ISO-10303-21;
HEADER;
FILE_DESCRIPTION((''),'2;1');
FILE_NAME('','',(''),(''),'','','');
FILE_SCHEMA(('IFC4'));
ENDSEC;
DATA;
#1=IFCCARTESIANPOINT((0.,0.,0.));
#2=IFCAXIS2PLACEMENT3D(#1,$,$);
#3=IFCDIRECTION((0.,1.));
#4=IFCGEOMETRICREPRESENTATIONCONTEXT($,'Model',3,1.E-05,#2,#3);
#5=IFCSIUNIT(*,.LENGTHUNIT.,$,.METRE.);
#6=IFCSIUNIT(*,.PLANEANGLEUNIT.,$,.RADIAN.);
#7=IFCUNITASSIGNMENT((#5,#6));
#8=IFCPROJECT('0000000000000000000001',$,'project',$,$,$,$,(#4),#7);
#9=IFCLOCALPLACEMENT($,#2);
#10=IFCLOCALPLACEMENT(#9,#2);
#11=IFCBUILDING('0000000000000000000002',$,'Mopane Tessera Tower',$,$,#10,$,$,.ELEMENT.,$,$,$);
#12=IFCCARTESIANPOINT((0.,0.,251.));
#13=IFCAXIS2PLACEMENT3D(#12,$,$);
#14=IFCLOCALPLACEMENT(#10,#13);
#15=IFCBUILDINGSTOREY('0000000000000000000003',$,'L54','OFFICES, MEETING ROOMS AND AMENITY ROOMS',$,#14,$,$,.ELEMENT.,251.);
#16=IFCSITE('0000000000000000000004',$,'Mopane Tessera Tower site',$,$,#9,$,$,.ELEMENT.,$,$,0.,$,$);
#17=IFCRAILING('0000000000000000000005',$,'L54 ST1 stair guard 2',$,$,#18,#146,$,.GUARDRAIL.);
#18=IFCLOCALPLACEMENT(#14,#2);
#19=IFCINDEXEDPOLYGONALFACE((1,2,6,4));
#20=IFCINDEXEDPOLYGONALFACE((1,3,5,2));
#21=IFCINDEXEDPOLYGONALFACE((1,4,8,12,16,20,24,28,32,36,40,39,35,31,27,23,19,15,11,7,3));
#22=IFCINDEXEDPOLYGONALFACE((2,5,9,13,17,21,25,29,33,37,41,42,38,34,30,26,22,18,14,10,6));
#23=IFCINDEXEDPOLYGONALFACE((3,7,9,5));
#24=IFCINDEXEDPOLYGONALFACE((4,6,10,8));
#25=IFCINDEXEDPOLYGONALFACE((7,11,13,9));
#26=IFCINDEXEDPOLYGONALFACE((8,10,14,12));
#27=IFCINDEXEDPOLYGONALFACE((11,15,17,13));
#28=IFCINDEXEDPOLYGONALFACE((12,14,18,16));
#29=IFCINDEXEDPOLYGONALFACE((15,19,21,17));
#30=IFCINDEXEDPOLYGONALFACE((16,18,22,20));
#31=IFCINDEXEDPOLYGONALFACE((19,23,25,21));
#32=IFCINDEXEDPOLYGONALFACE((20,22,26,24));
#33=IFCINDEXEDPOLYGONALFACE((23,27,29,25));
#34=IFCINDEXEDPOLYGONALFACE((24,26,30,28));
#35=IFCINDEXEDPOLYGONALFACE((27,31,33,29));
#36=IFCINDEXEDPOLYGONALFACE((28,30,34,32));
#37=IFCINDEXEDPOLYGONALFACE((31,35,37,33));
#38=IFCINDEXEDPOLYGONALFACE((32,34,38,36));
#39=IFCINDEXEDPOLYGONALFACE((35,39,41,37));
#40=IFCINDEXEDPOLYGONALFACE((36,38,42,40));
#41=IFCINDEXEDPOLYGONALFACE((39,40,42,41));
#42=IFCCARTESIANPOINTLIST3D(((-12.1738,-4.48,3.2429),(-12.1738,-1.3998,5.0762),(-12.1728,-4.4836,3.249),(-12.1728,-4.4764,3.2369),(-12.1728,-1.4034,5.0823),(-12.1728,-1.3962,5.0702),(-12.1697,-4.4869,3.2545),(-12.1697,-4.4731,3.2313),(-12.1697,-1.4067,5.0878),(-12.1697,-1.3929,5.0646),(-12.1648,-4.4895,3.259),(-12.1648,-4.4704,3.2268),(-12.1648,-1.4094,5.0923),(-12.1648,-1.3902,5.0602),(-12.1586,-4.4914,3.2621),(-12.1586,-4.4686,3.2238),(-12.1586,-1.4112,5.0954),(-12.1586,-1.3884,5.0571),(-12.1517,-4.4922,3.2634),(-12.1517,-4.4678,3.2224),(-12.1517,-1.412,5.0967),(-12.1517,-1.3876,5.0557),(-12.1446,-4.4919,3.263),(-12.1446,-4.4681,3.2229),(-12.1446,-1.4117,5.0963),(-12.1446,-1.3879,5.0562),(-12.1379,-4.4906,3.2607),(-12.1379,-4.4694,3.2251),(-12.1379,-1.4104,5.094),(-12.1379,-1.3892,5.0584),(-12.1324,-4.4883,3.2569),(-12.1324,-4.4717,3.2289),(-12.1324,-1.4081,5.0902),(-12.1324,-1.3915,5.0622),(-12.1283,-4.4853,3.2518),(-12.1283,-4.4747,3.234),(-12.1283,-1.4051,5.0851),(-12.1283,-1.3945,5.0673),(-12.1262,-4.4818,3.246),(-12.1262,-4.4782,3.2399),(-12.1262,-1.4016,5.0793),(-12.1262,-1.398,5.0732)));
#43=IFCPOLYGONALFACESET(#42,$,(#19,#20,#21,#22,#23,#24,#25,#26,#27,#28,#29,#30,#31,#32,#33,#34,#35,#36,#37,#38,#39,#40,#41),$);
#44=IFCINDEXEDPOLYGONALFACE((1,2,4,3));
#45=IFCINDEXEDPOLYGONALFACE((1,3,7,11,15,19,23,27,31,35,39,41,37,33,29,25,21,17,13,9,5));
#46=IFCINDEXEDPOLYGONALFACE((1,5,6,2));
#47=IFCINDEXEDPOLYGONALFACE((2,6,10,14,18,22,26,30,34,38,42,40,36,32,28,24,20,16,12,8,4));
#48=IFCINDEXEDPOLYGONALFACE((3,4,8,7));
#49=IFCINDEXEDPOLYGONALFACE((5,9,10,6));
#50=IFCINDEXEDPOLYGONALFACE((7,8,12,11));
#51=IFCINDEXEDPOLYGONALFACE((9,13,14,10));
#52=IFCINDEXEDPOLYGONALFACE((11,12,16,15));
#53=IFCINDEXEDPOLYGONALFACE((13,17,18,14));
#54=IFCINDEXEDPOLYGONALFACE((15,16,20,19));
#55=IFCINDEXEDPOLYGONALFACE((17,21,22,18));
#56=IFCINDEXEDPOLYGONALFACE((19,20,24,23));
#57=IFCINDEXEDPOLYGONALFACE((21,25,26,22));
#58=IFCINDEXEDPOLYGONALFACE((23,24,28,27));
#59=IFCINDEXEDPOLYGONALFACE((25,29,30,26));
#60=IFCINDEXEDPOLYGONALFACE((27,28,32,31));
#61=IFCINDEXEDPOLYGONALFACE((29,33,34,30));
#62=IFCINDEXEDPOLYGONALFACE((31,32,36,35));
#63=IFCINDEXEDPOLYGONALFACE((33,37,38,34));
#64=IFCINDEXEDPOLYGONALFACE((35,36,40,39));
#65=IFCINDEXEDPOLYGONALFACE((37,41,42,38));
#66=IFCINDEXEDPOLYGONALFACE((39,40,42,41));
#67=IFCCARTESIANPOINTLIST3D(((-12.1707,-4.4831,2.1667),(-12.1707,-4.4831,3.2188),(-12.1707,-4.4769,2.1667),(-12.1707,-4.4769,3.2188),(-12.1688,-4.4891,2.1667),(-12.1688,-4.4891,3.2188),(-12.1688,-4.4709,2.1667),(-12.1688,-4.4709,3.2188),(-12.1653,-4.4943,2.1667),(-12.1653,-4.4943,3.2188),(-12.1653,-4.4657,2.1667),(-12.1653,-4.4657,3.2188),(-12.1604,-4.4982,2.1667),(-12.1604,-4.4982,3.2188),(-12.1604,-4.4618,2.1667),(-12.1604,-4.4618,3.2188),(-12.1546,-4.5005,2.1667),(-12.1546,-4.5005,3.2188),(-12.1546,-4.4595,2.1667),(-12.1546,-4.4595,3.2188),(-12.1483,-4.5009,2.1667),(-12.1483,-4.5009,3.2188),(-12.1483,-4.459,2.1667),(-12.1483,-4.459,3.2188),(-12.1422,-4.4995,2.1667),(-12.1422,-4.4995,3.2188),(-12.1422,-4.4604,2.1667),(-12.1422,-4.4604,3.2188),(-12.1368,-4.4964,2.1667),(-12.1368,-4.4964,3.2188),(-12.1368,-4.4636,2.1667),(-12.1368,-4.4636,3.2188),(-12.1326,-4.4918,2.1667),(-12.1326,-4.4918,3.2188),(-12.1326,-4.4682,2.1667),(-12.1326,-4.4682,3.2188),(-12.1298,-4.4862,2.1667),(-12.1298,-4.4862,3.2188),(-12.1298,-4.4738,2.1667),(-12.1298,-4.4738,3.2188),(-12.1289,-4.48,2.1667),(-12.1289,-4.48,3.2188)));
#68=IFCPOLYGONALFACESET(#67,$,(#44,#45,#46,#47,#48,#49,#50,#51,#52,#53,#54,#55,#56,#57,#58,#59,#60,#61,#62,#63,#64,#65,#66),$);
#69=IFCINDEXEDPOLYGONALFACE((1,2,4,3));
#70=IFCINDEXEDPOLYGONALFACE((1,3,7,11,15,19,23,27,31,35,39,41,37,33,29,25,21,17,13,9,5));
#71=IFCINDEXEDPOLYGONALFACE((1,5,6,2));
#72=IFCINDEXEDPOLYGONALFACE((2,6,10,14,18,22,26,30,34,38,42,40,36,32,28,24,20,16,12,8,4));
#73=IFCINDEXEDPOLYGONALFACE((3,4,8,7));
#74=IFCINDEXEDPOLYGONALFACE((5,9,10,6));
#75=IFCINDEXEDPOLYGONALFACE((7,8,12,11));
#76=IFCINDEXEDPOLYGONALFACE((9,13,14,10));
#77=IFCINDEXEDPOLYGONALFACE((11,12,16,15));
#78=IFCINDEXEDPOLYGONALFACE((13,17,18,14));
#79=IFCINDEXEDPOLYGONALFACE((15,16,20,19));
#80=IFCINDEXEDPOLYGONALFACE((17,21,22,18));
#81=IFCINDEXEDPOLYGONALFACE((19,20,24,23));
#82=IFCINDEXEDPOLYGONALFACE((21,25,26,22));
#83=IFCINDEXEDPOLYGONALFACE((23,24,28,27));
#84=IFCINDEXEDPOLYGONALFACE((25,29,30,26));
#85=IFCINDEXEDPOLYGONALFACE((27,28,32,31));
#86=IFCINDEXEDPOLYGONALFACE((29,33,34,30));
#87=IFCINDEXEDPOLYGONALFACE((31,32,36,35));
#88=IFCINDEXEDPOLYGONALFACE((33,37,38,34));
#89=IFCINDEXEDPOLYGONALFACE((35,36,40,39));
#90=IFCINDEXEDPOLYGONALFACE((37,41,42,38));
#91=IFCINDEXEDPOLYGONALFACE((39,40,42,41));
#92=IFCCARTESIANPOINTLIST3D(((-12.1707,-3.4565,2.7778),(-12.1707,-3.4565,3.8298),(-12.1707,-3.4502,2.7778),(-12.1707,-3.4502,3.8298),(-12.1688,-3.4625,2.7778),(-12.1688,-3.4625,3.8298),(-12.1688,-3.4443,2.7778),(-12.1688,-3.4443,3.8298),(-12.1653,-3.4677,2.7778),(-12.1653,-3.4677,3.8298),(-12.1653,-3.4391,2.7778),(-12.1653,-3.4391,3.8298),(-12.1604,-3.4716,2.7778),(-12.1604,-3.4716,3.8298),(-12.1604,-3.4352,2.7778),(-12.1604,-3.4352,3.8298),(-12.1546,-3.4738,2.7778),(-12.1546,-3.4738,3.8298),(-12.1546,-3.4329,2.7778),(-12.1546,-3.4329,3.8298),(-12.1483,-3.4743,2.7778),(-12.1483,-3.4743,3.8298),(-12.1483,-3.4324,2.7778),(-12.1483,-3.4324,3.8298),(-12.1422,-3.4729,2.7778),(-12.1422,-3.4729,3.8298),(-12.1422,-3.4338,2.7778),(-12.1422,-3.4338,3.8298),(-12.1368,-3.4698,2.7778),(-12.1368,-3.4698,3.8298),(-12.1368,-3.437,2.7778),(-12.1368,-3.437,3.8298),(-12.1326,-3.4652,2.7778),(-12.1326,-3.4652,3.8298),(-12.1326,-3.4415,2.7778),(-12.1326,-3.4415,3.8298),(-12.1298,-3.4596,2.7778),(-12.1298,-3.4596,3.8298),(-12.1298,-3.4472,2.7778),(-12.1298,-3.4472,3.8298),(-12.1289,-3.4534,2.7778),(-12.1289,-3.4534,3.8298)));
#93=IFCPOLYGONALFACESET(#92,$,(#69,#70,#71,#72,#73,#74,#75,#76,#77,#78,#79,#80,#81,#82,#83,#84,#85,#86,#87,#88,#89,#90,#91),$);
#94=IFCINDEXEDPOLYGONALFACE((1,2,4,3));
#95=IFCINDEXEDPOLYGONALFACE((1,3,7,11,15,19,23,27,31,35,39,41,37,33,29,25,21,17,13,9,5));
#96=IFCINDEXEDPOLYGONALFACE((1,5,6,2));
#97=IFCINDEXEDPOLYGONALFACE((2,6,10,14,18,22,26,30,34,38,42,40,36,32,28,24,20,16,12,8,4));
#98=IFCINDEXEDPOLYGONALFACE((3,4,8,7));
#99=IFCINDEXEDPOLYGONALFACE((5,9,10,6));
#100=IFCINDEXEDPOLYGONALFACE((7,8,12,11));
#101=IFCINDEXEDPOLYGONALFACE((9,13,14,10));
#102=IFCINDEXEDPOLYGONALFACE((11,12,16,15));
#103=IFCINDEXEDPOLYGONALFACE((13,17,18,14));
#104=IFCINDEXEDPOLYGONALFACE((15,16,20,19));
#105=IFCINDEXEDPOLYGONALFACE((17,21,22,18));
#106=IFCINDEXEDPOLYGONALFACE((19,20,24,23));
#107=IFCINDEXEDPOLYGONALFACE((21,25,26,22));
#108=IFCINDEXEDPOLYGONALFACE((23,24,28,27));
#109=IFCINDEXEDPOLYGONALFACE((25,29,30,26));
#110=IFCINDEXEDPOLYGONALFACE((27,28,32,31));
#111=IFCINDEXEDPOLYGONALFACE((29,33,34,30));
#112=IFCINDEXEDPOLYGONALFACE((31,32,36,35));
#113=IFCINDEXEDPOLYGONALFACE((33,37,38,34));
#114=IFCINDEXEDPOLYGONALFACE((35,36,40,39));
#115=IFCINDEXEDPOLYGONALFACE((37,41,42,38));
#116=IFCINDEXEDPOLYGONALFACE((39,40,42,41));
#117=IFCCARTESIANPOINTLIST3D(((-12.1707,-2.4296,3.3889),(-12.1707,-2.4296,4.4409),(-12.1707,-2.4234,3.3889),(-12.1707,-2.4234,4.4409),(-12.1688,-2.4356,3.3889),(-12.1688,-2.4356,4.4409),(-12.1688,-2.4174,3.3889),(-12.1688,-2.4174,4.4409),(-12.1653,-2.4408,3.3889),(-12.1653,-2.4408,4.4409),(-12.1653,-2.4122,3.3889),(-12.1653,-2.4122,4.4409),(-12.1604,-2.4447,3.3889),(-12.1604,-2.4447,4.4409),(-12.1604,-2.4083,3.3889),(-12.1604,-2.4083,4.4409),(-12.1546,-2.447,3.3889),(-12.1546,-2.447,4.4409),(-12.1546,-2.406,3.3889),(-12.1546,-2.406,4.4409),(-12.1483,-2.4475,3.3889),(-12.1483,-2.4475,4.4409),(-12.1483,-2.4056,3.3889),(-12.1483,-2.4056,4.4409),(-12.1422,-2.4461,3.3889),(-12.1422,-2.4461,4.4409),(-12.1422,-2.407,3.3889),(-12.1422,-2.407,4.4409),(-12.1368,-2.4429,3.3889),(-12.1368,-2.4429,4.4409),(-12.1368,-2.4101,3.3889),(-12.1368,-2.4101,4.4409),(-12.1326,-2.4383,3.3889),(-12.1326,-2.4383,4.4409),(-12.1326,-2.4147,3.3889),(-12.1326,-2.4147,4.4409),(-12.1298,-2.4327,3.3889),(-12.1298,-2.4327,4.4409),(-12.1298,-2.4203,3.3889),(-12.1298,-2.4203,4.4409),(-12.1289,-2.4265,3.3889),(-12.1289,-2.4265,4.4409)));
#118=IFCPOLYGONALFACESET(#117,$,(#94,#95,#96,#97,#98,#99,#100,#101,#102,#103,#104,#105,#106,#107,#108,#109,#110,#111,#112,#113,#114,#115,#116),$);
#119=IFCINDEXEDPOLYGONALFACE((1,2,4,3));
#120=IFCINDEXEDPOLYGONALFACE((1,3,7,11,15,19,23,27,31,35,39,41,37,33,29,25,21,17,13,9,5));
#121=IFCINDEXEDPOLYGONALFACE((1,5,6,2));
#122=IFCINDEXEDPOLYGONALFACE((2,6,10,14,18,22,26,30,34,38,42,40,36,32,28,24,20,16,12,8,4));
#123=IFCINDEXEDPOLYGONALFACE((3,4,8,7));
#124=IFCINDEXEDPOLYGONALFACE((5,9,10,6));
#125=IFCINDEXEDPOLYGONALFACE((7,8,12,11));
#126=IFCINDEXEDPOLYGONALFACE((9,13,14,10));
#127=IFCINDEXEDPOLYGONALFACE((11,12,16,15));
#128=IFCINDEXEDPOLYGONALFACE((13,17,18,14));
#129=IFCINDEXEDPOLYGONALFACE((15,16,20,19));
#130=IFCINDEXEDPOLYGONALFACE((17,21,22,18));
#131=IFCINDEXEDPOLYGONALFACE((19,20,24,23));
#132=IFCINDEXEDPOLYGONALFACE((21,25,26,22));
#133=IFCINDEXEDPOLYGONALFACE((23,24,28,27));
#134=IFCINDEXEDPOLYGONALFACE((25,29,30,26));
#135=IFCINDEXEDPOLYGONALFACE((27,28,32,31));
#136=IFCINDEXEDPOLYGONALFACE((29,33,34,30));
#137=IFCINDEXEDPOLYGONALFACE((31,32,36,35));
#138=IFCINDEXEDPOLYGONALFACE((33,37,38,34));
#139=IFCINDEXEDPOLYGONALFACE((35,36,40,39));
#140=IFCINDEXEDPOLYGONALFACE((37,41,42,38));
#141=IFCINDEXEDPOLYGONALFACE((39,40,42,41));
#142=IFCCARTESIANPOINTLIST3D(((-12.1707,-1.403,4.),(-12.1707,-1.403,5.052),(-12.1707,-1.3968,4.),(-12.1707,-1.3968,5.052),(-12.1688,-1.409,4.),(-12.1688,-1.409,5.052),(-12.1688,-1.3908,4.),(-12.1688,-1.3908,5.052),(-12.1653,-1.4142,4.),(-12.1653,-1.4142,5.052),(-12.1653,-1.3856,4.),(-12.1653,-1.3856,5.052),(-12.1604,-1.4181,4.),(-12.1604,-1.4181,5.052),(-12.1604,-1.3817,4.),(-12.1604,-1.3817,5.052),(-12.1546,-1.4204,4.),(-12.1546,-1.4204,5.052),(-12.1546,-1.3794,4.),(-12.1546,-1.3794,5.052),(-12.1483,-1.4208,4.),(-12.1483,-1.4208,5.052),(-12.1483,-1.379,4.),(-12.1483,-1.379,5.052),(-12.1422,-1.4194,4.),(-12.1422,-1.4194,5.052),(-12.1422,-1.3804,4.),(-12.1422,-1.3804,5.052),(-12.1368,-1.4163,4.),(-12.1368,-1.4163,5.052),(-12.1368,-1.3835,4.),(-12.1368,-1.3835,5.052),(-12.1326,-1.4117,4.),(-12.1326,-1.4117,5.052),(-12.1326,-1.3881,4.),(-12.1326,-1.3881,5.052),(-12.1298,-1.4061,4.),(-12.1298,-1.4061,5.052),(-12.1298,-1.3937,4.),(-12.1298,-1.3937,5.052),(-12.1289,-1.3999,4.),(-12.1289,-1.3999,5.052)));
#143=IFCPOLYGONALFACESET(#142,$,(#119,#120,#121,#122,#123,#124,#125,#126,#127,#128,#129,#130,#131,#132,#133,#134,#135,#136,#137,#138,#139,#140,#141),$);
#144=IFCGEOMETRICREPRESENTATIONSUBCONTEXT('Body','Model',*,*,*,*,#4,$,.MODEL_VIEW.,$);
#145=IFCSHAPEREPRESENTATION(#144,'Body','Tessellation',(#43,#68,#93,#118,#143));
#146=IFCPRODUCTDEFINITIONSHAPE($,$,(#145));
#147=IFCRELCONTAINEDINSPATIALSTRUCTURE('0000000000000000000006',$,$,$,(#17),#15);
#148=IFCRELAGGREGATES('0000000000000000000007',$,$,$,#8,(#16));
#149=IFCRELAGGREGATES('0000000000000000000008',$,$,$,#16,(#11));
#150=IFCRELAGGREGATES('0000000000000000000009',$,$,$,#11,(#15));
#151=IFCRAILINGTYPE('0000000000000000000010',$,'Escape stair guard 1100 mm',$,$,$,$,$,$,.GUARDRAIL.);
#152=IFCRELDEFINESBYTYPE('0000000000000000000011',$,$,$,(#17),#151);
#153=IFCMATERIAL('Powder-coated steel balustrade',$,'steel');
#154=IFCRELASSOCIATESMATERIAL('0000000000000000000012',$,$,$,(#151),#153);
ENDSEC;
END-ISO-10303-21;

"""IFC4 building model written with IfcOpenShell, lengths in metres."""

from ifc_helpers import new_model, si_unit, direction, frame, origin, origin_2d, place, context, subcontext, project, spatial, circle, extrude, material, type_object, element, save


model = new_model("IFC4")

# Units and contexts
model_context = context("Model", 3, precision=1e-05, world=origin(), true_north=direction((0.0, 1.0)))
body_context = subcontext(model_context, "Body", "Model", "MODEL_VIEW")
ifc_project = project(units=[si_unit("LENGTHUNIT", "METRE"), si_unit("PLANEANGLEUNIT", "RADIAN")], contexts=[model_context])

# Site, building, storey
site_placement = place(None, origin())
site = spatial("IfcSite", under=ifc_project, at=site_placement, Name="Mopane Tessera Tower site", CompositionType="ELEMENT", RefElevation=0.0)
building_placement = place(site_placement, origin())
building = spatial("IfcBuilding", under=site, at=building_placement, Name="Mopane Tessera Tower", CompositionType="ELEMENT")
storey_placement = place(building_placement, frame((0.0, 0.0, 251.0)))
storey = spatial("IfcBuildingStorey", under=building, at=storey_placement, Name="L54", Description="OFFICES, MEETING ROOMS AND AMENITY ROOMS", CompositionType="ELEMENT", Elevation=251.0)

# Railing
ifc_material_1 = material(Name="Powder-coated steel balustrade", Category="steel")
railing_type_1 = type_object("IfcRailingType", Name="Escape stair guard 1100 mm", PredefinedType="GUARDRAIL", material=ifc_material_1)
railing_1_placement = place(storey_placement, frame((-12.1499, -4.48, 2.1667)))
element("IfcRailing", 1, at=railing_1_placement, inside=storey, type_object=railing_type_1, Name="L54 ST1 stair guard 2", PredefinedType="GUARDRAIL", context=body_context, shape_type="SweptSolid", body=[
    extrude(circle(Radius=0.0239, at=origin_2d()), frame((0.0, 0.0, 1.0762), z_axis=(0.0, 0.859309, 0.511458), x_axis=(-1.0, 0.0, 0.0)), (0.0, 0.0, 1.0), 3.5845),
    extrude(circle(Radius=0.021, at=origin_2d()), origin(), (0.0, 0.0, 1.0), 1.052),
    extrude(circle(Radius=0.021, at=origin_2d()), frame((0.0, 1.0266, 0.6111)), (0.0, 0.0, 1.0), 1.052),
    extrude(circle(Radius=0.021, at=origin_2d()), frame((0.0, 2.0535, 1.2222)), (0.0, 0.0, 1.0), 1.052),
    extrude(circle(Radius=0.021, at=origin_2d()), frame((0.0, 3.0801, 1.8333)), (0.0, 0.0, 1.0), 1.052),
])

save(model, "model.ifc")
